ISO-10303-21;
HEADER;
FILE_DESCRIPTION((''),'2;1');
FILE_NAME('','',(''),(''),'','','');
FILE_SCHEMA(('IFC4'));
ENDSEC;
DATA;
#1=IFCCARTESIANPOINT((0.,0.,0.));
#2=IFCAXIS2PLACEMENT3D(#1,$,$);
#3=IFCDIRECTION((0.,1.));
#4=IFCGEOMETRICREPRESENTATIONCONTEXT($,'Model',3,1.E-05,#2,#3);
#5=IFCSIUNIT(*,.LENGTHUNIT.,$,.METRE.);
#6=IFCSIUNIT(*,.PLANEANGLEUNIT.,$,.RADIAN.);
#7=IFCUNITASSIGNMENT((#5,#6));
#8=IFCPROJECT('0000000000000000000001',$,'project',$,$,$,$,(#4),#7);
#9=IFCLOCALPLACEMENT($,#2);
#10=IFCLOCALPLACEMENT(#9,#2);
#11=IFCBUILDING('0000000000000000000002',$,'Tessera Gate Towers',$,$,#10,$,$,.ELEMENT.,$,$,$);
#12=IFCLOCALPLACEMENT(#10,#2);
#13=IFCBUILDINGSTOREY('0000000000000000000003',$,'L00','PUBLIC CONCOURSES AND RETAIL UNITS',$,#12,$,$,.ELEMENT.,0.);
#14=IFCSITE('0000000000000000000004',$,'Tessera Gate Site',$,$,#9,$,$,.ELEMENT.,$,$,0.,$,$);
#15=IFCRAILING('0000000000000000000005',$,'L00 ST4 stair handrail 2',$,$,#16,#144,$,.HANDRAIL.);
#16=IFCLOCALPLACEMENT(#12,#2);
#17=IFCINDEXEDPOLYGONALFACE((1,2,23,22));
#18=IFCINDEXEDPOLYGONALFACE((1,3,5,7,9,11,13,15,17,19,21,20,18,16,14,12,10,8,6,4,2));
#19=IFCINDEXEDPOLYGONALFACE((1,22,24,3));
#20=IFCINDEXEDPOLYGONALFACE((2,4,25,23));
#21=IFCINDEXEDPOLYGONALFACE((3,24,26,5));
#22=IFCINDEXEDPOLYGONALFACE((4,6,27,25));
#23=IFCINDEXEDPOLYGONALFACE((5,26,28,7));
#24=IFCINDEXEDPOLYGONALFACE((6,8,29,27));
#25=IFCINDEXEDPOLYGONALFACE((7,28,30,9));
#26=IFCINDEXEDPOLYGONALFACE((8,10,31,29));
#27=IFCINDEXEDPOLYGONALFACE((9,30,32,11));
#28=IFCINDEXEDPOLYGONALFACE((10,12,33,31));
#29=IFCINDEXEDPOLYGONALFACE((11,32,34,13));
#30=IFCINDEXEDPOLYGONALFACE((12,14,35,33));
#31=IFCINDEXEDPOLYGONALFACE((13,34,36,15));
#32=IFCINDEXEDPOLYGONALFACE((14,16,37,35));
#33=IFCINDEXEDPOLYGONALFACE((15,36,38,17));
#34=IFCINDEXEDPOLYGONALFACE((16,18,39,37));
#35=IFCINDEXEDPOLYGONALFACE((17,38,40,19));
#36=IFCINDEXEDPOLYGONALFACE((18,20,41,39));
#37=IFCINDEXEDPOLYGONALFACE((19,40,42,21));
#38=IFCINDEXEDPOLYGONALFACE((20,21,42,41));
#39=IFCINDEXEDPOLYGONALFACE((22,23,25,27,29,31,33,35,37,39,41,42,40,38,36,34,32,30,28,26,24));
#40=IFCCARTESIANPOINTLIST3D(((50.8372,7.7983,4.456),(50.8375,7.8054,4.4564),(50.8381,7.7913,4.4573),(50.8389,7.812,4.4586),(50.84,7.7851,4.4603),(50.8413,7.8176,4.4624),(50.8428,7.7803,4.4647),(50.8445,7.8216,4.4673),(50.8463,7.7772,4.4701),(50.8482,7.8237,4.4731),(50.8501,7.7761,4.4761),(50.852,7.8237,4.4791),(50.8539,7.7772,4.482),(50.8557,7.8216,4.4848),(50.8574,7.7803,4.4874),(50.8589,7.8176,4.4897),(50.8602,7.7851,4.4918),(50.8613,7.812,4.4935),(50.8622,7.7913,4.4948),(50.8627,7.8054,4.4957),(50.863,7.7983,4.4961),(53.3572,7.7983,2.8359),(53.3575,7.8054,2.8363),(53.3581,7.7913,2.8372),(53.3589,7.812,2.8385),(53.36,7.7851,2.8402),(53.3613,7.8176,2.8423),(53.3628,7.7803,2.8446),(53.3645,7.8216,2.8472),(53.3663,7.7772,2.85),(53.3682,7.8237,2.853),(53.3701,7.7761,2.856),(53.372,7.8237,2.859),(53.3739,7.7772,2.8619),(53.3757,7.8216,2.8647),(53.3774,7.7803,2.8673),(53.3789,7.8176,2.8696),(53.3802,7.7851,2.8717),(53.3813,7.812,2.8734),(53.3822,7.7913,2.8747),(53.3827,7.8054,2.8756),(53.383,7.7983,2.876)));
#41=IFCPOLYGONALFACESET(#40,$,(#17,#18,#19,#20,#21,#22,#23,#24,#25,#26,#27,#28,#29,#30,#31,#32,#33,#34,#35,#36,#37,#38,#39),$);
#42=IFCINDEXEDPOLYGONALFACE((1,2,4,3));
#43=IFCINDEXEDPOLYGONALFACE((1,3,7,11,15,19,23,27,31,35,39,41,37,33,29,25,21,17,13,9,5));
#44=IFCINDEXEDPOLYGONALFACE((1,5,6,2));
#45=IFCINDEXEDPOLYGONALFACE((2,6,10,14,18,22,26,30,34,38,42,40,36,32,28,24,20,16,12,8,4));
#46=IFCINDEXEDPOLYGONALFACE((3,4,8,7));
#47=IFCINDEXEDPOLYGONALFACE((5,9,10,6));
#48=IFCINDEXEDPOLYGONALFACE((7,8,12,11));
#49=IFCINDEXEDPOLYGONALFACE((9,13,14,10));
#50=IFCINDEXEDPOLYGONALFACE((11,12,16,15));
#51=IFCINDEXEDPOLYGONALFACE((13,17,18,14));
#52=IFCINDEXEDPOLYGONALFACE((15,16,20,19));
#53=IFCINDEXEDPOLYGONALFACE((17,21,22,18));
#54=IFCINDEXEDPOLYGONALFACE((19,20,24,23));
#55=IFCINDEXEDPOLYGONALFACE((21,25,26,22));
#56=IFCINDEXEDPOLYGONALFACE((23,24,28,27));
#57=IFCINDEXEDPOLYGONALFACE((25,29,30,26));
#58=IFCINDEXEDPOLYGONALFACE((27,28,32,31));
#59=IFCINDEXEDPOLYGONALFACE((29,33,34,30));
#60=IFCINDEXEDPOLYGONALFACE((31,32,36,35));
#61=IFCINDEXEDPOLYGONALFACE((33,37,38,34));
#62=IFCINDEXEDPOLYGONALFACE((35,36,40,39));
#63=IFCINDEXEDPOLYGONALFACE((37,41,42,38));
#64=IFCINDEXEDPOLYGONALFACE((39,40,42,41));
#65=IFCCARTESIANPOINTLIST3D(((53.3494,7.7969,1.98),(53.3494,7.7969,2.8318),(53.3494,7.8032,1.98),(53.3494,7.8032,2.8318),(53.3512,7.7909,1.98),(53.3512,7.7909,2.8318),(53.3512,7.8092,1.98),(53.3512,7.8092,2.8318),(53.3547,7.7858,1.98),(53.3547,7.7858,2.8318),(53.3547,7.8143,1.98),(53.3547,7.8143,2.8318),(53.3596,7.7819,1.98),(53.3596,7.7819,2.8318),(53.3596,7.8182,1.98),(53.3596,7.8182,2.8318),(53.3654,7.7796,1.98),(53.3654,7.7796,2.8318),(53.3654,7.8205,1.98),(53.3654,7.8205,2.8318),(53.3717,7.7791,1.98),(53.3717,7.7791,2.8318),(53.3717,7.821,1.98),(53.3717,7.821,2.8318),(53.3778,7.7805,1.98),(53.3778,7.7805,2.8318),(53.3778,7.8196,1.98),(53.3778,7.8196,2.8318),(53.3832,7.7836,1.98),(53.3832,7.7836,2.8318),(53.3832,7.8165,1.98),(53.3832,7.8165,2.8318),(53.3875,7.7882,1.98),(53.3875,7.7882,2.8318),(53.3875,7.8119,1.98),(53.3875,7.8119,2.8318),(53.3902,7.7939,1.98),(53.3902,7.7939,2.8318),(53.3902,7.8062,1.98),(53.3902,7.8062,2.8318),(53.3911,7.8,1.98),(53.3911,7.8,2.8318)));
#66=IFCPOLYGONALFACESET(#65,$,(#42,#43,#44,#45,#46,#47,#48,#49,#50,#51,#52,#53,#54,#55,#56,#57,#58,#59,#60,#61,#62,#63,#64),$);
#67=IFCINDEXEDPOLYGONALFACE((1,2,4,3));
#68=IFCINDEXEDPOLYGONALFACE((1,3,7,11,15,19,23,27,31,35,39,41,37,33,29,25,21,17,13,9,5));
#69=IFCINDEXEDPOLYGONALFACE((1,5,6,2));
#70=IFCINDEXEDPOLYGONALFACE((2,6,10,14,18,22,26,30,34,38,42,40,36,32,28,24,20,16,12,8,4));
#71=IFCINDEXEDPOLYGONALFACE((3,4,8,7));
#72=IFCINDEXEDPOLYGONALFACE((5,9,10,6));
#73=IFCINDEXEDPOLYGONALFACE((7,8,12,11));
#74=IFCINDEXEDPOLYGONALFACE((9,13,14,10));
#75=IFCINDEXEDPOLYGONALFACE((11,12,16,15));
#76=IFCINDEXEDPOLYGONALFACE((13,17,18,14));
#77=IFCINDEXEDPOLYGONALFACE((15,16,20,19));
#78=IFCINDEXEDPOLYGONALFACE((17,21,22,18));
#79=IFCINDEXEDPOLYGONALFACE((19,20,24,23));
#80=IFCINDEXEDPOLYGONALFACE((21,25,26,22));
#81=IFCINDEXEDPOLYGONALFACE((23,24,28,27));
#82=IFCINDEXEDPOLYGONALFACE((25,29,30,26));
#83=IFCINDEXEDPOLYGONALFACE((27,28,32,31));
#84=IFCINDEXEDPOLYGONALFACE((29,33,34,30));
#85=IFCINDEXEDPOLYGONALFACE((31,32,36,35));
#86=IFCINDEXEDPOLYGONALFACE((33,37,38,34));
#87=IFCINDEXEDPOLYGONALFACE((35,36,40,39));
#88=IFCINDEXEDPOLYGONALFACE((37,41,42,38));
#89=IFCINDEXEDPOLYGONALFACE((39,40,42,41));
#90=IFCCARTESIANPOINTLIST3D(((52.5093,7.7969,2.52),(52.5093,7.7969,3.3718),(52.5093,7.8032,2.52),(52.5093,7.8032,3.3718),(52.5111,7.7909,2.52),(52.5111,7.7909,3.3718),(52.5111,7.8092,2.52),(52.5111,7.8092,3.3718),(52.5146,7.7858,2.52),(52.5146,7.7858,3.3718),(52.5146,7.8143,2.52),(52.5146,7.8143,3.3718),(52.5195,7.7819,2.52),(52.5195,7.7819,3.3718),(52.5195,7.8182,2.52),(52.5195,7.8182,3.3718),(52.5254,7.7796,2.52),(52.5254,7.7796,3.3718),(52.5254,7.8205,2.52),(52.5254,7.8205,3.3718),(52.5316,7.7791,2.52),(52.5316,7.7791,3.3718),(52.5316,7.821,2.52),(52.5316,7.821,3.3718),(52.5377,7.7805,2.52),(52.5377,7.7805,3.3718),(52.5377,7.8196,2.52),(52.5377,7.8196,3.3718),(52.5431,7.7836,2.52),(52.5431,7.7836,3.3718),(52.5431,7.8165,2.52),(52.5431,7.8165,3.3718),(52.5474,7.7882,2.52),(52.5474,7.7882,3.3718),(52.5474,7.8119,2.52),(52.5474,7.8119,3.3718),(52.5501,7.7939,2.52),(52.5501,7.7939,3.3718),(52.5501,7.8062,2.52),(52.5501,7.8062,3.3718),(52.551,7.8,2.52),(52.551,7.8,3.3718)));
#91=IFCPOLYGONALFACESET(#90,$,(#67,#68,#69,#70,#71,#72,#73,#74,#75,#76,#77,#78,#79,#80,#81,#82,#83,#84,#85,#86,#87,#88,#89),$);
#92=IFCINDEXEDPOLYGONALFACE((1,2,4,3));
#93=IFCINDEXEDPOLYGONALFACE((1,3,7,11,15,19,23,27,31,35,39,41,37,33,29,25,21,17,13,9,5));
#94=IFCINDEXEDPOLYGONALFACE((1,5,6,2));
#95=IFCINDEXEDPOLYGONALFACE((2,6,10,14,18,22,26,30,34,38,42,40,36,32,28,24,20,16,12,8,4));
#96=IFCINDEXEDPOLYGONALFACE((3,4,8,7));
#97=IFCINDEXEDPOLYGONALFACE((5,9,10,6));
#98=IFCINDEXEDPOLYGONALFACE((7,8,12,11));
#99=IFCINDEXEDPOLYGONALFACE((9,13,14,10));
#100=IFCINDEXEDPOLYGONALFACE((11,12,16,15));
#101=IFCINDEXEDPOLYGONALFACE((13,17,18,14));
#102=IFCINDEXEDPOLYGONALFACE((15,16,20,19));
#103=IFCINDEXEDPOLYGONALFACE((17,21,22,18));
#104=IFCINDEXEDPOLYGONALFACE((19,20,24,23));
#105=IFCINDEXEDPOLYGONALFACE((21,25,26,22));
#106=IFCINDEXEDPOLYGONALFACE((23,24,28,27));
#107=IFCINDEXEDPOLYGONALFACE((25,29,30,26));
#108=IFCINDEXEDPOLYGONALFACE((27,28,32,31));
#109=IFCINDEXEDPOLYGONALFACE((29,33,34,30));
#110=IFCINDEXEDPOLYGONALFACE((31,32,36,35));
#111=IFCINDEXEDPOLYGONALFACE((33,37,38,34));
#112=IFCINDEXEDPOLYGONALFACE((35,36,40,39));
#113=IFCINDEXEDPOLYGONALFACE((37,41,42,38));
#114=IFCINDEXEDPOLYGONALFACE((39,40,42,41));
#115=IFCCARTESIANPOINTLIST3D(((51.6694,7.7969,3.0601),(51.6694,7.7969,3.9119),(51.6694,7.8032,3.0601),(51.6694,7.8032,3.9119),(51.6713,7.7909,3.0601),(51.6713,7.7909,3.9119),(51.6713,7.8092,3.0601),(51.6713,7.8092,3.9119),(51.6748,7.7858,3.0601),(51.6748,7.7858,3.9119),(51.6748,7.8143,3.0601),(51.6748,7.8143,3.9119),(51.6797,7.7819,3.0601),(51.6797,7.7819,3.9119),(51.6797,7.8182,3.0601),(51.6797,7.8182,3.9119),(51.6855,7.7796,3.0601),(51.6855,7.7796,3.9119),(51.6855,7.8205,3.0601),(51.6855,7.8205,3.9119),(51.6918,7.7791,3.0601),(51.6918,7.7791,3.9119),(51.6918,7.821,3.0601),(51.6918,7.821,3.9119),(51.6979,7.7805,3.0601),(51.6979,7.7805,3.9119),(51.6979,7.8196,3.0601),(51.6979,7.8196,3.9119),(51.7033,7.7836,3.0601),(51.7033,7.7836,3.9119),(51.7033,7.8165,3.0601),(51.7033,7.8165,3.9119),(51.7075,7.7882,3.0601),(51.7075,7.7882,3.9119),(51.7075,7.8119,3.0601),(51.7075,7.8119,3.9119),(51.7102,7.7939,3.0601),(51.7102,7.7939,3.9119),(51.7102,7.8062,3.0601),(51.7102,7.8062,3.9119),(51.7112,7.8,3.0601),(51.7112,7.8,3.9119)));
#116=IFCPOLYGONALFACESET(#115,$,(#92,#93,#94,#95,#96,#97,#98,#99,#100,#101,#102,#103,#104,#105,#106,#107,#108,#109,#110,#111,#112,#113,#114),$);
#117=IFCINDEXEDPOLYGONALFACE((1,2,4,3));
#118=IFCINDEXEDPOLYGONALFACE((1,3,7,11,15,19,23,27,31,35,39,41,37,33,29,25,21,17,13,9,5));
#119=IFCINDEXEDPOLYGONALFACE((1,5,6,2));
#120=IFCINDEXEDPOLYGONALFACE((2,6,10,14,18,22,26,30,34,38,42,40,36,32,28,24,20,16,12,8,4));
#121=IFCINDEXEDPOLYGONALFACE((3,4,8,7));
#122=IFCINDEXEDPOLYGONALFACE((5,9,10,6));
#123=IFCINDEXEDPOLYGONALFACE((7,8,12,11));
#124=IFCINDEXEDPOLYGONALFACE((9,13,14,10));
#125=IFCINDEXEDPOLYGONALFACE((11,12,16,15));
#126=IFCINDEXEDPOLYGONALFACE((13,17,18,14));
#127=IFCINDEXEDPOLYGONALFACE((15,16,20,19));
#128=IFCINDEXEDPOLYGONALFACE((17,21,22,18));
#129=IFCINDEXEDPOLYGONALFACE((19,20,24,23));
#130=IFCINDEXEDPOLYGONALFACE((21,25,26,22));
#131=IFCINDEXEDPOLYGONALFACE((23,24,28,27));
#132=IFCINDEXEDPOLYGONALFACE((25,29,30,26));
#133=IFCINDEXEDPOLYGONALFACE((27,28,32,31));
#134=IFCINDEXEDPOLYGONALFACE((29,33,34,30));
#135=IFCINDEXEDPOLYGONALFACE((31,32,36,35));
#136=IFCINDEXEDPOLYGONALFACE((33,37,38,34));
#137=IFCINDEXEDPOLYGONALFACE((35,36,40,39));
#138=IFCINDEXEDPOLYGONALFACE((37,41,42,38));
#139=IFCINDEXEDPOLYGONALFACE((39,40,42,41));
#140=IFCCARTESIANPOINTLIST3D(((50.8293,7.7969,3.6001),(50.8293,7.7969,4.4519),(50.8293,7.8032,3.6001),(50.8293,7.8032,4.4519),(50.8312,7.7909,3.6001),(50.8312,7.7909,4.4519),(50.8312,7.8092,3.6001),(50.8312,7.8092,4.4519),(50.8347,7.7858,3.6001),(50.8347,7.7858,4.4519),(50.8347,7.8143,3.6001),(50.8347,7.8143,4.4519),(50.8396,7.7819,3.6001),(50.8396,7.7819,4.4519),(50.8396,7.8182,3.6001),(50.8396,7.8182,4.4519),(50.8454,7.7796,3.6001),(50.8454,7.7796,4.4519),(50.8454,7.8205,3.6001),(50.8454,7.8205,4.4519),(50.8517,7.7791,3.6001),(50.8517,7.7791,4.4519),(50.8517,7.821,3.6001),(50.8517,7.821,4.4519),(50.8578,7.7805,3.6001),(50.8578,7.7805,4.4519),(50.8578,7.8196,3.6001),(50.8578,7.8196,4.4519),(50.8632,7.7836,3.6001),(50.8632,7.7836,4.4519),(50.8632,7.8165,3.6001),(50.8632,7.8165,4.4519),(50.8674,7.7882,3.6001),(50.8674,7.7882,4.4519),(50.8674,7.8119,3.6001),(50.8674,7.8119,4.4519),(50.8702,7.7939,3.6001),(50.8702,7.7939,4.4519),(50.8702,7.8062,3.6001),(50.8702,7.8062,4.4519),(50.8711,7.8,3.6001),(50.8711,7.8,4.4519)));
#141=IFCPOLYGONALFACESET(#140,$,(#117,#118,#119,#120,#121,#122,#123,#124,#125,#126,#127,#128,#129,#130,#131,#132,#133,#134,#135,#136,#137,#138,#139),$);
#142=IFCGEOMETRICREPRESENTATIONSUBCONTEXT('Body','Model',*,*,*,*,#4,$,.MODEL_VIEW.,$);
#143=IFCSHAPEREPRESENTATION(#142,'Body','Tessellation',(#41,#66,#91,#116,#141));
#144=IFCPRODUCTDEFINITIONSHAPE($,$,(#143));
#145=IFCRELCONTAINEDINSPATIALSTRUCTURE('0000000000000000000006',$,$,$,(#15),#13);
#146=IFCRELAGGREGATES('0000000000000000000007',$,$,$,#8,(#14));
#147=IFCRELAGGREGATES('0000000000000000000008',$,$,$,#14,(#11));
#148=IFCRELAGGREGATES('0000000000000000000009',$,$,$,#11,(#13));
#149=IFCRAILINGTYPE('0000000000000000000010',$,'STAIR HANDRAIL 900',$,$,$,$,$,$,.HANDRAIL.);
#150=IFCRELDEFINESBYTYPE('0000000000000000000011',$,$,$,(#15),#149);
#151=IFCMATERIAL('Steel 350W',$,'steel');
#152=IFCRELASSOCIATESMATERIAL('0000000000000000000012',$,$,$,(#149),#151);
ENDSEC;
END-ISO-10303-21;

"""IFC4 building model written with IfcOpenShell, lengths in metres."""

from ifc_helpers import new_model, si_unit, direction, frame, origin, origin_2d, place, context, subcontext, project, spatial, circle, extrude, material, type_object, element, save


model = new_model("IFC4")

# Units and contexts
model_context = context("Model", 3, precision=1e-05, world=origin(), true_north=direction((0.0, 1.0)))
body_context = subcontext(model_context, "Body", "Model", "MODEL_VIEW")
ifc_project = project(units=[si_unit("LENGTHUNIT", "METRE"), si_unit("PLANEANGLEUNIT", "RADIAN")], contexts=[model_context])

# Site, building, storey
site_placement = place(None, origin())
site = spatial("IfcSite", under=ifc_project, at=site_placement, Name="Tessera Gate Site", CompositionType="ELEMENT", RefElevation=0.0)
building_placement = place(site_placement, origin())
building = spatial("IfcBuilding", under=site, at=building_placement, Name="Tessera Gate Towers", CompositionType="ELEMENT")
storey_placement = place(building_placement, origin())
storey = spatial("IfcBuildingStorey", under=building, at=storey_placement, Name="L00", Description="PUBLIC CONCOURSES AND RETAIL UNITS", CompositionType="ELEMENT", Elevation=0.0)

# Railing
ifc_material_1 = material(Name="Steel 350W", Category="steel")
railing_type_1 = type_object("IfcRailingType", Name="STAIR HANDRAIL 900", PredefinedType="HANDRAIL", material=ifc_material_1)
railing_1_placement = place(storey_placement, frame((53.3701, 7.8, 1.98)))
element("IfcRailing", 1, at=railing_1_placement, inside=storey, type_object=railing_type_1, Name="L00 ST4 stair handrail 2", PredefinedType="HANDRAIL", context=body_context, shape_type="SweptSolid", body=[
    extrude(circle(Radius=0.0239, at=origin_2d()), frame((0.0, 0.0, 0.876), z_axis=(-0.841163, 0.0, 0.540782), x_axis=(0.0, -1.0, 0.0)), (0.0, 0.0, 1.0), 2.9958),
    extrude(circle(Radius=0.021, at=origin_2d()), origin(), (0.0, 0.0, 1.0), 0.8518),
    extrude(circle(Radius=0.021, at=origin_2d()), frame((-0.8401, 0.0, 0.54)), (0.0, 0.0, 1.0), 0.8518),
    extrude(circle(Radius=0.021, at=origin_2d()), frame((-1.6799, 0.0, 1.0801)), (0.0, 0.0, 1.0), 0.8518),
    extrude(circle(Radius=0.021, at=origin_2d()), frame((-2.52, 0.0, 1.6201)), (0.0, 0.0, 1.0), 0.8518),
])

save(model, "model.ifc")
